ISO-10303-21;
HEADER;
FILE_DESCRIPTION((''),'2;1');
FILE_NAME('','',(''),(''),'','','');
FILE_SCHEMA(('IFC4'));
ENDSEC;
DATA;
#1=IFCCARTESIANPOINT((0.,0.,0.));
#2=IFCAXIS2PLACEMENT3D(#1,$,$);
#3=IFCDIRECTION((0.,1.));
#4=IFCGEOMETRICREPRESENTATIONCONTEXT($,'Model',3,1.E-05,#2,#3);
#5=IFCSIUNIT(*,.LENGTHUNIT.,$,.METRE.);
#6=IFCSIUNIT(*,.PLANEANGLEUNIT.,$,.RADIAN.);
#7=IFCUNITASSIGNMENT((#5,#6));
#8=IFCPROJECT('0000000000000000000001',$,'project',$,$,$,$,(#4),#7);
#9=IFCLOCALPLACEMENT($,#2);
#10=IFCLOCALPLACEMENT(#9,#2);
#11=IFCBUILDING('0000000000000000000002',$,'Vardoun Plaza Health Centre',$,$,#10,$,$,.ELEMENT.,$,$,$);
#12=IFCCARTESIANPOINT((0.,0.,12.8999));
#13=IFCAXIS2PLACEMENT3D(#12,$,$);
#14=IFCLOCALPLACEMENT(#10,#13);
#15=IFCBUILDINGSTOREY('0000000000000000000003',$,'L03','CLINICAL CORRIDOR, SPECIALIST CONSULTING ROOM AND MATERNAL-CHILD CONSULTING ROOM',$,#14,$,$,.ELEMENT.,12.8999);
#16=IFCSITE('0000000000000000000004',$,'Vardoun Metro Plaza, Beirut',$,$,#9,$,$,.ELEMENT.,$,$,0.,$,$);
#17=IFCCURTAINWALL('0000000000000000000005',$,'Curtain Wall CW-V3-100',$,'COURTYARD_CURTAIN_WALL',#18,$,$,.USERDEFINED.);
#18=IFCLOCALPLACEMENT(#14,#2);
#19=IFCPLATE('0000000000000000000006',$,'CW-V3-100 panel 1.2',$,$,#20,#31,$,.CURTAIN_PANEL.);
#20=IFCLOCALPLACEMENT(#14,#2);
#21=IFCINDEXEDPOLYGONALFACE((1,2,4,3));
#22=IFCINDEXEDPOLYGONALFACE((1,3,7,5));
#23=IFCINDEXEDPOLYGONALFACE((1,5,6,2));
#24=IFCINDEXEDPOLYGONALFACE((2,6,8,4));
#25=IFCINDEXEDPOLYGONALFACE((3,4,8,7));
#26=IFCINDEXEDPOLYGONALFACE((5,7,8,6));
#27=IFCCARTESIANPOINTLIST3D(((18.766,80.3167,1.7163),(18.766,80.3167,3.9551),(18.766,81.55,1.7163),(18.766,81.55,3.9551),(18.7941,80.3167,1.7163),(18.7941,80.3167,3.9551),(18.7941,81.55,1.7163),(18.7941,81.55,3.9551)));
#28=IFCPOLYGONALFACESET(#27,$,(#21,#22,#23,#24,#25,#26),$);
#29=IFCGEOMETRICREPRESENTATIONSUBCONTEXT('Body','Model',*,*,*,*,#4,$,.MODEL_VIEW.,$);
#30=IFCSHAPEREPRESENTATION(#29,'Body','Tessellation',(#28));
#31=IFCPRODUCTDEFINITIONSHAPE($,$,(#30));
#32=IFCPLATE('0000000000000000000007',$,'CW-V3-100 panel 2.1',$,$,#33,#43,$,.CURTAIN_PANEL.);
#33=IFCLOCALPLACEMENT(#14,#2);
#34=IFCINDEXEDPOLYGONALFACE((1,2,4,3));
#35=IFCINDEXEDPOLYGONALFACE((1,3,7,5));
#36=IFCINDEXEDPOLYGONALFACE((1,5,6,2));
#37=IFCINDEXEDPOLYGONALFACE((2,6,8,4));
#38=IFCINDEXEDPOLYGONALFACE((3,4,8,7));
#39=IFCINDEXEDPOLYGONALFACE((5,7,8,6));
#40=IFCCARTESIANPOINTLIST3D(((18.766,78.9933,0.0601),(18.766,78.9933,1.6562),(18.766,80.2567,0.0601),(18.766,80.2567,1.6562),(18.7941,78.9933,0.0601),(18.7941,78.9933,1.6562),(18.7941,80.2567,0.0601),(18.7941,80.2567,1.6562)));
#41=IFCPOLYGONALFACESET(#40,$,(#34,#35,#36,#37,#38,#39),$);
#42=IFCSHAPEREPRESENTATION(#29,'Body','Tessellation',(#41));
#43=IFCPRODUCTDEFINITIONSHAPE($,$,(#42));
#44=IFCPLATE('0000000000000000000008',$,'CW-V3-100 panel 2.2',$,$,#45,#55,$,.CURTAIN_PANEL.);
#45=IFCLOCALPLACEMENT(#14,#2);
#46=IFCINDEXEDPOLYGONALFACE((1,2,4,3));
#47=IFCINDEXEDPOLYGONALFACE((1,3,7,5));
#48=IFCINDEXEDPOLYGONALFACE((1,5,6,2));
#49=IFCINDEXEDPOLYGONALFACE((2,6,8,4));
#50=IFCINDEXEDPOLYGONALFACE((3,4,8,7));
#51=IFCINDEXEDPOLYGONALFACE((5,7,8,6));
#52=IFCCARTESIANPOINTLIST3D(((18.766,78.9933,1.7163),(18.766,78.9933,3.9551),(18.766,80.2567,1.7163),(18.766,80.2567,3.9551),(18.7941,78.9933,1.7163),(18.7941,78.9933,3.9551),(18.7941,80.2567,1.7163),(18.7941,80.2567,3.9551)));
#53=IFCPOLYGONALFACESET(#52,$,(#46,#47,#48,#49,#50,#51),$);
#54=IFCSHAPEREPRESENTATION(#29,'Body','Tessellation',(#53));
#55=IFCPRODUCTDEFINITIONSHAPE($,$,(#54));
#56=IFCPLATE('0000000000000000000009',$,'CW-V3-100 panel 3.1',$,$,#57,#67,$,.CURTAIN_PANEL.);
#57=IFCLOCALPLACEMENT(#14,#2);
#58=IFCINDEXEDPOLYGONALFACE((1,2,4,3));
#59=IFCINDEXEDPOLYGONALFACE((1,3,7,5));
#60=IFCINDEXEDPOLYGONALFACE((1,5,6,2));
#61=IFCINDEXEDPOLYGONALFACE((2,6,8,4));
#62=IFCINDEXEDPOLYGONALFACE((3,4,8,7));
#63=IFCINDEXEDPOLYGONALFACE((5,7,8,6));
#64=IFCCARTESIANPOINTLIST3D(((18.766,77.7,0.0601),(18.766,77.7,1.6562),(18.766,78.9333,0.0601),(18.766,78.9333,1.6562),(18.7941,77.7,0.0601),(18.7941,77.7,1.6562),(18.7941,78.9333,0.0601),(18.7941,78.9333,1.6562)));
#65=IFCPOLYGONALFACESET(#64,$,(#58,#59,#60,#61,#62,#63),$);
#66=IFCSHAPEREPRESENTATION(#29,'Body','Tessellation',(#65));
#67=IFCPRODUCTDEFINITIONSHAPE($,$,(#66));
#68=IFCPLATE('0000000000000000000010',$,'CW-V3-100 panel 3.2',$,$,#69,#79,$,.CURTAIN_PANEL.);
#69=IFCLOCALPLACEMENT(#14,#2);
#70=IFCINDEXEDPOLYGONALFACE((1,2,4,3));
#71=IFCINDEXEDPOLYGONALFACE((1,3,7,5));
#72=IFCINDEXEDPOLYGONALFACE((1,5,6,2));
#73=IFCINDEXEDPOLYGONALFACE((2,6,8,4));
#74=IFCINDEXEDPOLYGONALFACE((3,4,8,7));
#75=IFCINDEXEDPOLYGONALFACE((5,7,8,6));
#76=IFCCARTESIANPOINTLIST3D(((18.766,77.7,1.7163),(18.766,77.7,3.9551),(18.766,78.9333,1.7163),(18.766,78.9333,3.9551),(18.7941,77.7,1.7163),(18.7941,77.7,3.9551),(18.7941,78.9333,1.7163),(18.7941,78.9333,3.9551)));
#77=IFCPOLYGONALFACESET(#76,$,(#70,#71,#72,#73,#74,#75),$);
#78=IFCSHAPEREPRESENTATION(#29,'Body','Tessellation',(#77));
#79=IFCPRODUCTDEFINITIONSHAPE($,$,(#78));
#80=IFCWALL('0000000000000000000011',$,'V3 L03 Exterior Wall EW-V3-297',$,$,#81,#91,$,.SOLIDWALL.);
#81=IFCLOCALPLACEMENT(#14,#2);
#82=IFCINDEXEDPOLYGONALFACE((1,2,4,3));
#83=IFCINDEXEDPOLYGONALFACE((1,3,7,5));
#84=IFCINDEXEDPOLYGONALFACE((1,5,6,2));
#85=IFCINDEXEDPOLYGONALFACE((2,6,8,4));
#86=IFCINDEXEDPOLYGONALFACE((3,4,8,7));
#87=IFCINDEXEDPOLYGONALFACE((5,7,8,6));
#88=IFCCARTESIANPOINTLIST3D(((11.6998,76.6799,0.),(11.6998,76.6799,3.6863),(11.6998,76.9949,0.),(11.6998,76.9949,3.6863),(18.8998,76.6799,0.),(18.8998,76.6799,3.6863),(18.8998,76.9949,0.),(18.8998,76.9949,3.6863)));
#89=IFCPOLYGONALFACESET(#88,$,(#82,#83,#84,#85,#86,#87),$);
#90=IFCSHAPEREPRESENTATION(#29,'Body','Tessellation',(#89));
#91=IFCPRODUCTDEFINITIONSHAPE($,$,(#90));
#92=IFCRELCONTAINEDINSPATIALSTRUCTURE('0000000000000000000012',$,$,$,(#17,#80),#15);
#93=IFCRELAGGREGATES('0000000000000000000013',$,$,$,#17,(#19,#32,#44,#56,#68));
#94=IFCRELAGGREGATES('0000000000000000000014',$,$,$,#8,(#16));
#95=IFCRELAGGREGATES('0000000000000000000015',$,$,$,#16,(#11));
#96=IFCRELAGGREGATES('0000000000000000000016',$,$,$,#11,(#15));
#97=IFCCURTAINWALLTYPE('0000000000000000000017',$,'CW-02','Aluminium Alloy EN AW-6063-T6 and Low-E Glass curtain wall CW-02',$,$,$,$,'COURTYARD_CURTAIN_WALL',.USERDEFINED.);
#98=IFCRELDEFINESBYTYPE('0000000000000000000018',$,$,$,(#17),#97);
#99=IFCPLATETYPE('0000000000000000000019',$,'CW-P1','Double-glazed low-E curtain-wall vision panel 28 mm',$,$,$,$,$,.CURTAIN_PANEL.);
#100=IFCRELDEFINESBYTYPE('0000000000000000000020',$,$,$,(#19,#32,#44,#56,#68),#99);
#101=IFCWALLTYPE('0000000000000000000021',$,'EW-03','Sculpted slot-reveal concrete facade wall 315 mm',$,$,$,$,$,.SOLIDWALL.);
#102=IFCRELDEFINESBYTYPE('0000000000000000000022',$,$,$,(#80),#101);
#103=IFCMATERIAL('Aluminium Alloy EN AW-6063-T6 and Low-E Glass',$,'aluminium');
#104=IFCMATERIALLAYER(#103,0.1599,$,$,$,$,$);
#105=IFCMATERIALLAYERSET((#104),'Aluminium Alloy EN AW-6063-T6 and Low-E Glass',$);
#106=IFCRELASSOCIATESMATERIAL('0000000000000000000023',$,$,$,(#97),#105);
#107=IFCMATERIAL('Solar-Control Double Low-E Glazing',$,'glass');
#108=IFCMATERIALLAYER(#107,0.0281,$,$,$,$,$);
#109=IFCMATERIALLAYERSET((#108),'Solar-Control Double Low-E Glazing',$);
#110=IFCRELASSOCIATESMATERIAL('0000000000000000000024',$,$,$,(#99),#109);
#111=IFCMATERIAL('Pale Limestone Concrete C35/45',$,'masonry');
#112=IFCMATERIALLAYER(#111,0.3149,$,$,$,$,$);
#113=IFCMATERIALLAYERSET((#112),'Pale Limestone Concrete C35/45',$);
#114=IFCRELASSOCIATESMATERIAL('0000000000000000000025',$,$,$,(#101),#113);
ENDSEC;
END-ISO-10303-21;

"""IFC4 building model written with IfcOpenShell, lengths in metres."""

from ifc_helpers import new_model, si_unit, direction, frame, frame_2d, origin, origin_2d, place, context, subcontext, project, spatial, rectangle, extrude, material, layer, layer_set, type_object, element, aggregate, save


model = new_model("IFC4")

# Units and contexts
model_context = context("Model", 3, precision=1e-05, world=origin(), true_north=direction((0.0, 1.0)))
body_context = subcontext(model_context, "Body", "Model", "MODEL_VIEW")
ifc_project = project(units=[si_unit("LENGTHUNIT", "METRE"), si_unit("PLANEANGLEUNIT", "RADIAN")], contexts=[model_context])

# Site, building, storey
site_placement = place(None, origin())
site = spatial("IfcSite", under=ifc_project, at=site_placement, Name="Vardoun Metro Plaza, Beirut", CompositionType="ELEMENT", RefElevation=0.0)
building_placement = place(site_placement, origin())
building = spatial("IfcBuilding", under=site, at=building_placement, Name="Vardoun Plaza Health Centre", CompositionType="ELEMENT")
storey_placement = place(building_placement, frame((0.0, 0.0, 12.8999)))
storey = spatial("IfcBuildingStorey", under=building, at=storey_placement, Name="L03", Description="CLINICAL CORRIDOR, SPECIALIST CONSULTING ROOM AND MATERNAL-CHILD CONSULTING ROOM", CompositionType="ELEMENT", Elevation=12.8999)

# Curtain wall
ifc_material_1 = material(Name="Aluminium Alloy EN AW-6063-T6 and Low-E Glass", Category="aluminium")
ifc_layer_1 = layer(ifc_material_1, 0.1599)
ifc_layer_set_1 = layer_set([ifc_layer_1], Name="Aluminium Alloy EN AW-6063-T6 and Low-E Glass")
curtain_wall_type = type_object("IfcCurtainWallType", Name="CW-02", Description="Aluminium Alloy EN AW-6063-T6 and Low-E Glass curtain wall CW-02", ElementType="COURTYARD_CURTAIN_WALL", PredefinedType="USERDEFINED", material=ifc_layer_set_1)
curtain_wall_1_placement = place(storey_placement, origin())
curtain_wall_1 = element("IfcCurtainWall", 1, at=curtain_wall_1_placement, inside=storey, type_object=curtain_wall_type, Name="Curtain Wall CW-V3-100", ObjectType="COURTYARD_CURTAIN_WALL", PredefinedType="USERDEFINED")

# Plates
ifc_material_2 = material(Name="Solar-Control Double Low-E Glazing", Category="glass")
ifc_layer_2 = layer(ifc_material_2, 0.0281)
ifc_layer_set_2 = layer_set([ifc_layer_2], Name="Solar-Control Double Low-E Glazing")
plate_type = type_object("IfcPlateType", Name="CW-P1", Description="Double-glazed low-E curtain-wall vision panel 28 mm", PredefinedType="CURTAIN_PANEL", material=ifc_layer_set_2)
plate_1_placement = place(storey_placement, frame((18.78, 80.9333, 1.7163), z_axis=(0.0, 0.0, 1.0), x_axis=(0.0, -1.0, 0.0)))
plate_1 = element("IfcPlate", 2, at=plate_1_placement, type_object=plate_type, Name="CW-V3-100 panel 1.2", PredefinedType="CURTAIN_PANEL", context=body_context, shape_type="SweptSolid", body=[
    extrude(rectangle(XDim=1.2334, YDim=0.0281, at=origin_2d()), origin(), (0.0, 0.0, 1.0), 2.2388),
])
plate_2_placement = place(storey_placement, frame((18.78, 79.625, 0.0601), z_axis=(0.0, 0.0, 1.0), x_axis=(0.0, -1.0, 0.0)))
plate_2 = element("IfcPlate", 3, at=plate_2_placement, type_object=plate_type, Name="CW-V3-100 panel 2.1", PredefinedType="CURTAIN_PANEL", context=body_context, shape_type="SweptSolid", body=[
    extrude(rectangle(XDim=1.2634, YDim=0.0281, at=origin_2d()), origin(), (0.0, 0.0, 1.0), 1.5962),
])
plate_3_placement = place(storey_placement, frame((18.78, 79.625, 1.7163), z_axis=(0.0, 0.0, 1.0), x_axis=(0.0, -1.0, 0.0)))
plate_3 = element("IfcPlate", 4, at=plate_3_placement, type_object=plate_type, Name="CW-V3-100 panel 2.2", PredefinedType="CURTAIN_PANEL", context=body_context, shape_type="SweptSolid", body=[
    extrude(rectangle(XDim=1.2634, YDim=0.0281, at=origin_2d()), origin(), (0.0, 0.0, 1.0), 2.2388),
])
plate_4_placement = place(storey_placement, frame((18.78, 78.3167, 0.0601), z_axis=(0.0, 0.0, 1.0), x_axis=(0.0, -1.0, 0.0)))
plate_4 = element("IfcPlate", 5, at=plate_4_placement, type_object=plate_type, Name="CW-V3-100 panel 3.1", PredefinedType="CURTAIN_PANEL", context=body_context, shape_type="SweptSolid", body=[
    extrude(rectangle(XDim=1.2334, YDim=0.0281, at=origin_2d()), origin(), (0.0, 0.0, 1.0), 1.5962),
])
plate_5_placement = place(storey_placement, frame((18.78, 78.3167, 1.7163), z_axis=(0.0, 0.0, 1.0), x_axis=(0.0, -1.0, 0.0)))
plate_5 = element("IfcPlate", 6, at=plate_5_placement, type_object=plate_type, Name="CW-V3-100 panel 3.2", PredefinedType="CURTAIN_PANEL", context=body_context, shape_type="SweptSolid", body=[
    extrude(rectangle(XDim=1.2334, YDim=0.0281, at=origin_2d()), origin(), (0.0, 0.0, 1.0), 2.2388),
])
aggregate(curtain_wall_1, [plate_1, plate_2, plate_3, plate_4, plate_5])

# Wall
ifc_material_3 = material(Name="Pale Limestone Concrete C35/45", Category="masonry")
ifc_layer_3 = layer(ifc_material_3, 0.3149)
ifc_layer_set_3 = layer_set([ifc_layer_3], Name="Pale Limestone Concrete C35/45")
wall_type = type_object("IfcWallType", Name="EW-03", Description="Sculpted slot-reveal concrete facade wall 315 mm", PredefinedType="SOLIDWALL", material=ifc_layer_set_3)
wall_placement = place(storey_placement, frame((18.8999, 76.8374, 0.0), z_axis=(0.0, 0.0, 1.0), x_axis=(-1.0, 0.0, 0.0)))
element("IfcWall", 7, at=wall_placement, inside=storey, type_object=wall_type, Name="V3 L03 Exterior Wall EW-V3-297", PredefinedType="SOLIDWALL", context=body_context, shape_type="SweptSolid", body=[
    extrude(rectangle(XDim=7.2, YDim=0.3149, at=frame_2d((3.6001, 0.0))), origin(), (0.0, 0.0, 1.0), 3.6863),
])

save(model, "model.ifc")
